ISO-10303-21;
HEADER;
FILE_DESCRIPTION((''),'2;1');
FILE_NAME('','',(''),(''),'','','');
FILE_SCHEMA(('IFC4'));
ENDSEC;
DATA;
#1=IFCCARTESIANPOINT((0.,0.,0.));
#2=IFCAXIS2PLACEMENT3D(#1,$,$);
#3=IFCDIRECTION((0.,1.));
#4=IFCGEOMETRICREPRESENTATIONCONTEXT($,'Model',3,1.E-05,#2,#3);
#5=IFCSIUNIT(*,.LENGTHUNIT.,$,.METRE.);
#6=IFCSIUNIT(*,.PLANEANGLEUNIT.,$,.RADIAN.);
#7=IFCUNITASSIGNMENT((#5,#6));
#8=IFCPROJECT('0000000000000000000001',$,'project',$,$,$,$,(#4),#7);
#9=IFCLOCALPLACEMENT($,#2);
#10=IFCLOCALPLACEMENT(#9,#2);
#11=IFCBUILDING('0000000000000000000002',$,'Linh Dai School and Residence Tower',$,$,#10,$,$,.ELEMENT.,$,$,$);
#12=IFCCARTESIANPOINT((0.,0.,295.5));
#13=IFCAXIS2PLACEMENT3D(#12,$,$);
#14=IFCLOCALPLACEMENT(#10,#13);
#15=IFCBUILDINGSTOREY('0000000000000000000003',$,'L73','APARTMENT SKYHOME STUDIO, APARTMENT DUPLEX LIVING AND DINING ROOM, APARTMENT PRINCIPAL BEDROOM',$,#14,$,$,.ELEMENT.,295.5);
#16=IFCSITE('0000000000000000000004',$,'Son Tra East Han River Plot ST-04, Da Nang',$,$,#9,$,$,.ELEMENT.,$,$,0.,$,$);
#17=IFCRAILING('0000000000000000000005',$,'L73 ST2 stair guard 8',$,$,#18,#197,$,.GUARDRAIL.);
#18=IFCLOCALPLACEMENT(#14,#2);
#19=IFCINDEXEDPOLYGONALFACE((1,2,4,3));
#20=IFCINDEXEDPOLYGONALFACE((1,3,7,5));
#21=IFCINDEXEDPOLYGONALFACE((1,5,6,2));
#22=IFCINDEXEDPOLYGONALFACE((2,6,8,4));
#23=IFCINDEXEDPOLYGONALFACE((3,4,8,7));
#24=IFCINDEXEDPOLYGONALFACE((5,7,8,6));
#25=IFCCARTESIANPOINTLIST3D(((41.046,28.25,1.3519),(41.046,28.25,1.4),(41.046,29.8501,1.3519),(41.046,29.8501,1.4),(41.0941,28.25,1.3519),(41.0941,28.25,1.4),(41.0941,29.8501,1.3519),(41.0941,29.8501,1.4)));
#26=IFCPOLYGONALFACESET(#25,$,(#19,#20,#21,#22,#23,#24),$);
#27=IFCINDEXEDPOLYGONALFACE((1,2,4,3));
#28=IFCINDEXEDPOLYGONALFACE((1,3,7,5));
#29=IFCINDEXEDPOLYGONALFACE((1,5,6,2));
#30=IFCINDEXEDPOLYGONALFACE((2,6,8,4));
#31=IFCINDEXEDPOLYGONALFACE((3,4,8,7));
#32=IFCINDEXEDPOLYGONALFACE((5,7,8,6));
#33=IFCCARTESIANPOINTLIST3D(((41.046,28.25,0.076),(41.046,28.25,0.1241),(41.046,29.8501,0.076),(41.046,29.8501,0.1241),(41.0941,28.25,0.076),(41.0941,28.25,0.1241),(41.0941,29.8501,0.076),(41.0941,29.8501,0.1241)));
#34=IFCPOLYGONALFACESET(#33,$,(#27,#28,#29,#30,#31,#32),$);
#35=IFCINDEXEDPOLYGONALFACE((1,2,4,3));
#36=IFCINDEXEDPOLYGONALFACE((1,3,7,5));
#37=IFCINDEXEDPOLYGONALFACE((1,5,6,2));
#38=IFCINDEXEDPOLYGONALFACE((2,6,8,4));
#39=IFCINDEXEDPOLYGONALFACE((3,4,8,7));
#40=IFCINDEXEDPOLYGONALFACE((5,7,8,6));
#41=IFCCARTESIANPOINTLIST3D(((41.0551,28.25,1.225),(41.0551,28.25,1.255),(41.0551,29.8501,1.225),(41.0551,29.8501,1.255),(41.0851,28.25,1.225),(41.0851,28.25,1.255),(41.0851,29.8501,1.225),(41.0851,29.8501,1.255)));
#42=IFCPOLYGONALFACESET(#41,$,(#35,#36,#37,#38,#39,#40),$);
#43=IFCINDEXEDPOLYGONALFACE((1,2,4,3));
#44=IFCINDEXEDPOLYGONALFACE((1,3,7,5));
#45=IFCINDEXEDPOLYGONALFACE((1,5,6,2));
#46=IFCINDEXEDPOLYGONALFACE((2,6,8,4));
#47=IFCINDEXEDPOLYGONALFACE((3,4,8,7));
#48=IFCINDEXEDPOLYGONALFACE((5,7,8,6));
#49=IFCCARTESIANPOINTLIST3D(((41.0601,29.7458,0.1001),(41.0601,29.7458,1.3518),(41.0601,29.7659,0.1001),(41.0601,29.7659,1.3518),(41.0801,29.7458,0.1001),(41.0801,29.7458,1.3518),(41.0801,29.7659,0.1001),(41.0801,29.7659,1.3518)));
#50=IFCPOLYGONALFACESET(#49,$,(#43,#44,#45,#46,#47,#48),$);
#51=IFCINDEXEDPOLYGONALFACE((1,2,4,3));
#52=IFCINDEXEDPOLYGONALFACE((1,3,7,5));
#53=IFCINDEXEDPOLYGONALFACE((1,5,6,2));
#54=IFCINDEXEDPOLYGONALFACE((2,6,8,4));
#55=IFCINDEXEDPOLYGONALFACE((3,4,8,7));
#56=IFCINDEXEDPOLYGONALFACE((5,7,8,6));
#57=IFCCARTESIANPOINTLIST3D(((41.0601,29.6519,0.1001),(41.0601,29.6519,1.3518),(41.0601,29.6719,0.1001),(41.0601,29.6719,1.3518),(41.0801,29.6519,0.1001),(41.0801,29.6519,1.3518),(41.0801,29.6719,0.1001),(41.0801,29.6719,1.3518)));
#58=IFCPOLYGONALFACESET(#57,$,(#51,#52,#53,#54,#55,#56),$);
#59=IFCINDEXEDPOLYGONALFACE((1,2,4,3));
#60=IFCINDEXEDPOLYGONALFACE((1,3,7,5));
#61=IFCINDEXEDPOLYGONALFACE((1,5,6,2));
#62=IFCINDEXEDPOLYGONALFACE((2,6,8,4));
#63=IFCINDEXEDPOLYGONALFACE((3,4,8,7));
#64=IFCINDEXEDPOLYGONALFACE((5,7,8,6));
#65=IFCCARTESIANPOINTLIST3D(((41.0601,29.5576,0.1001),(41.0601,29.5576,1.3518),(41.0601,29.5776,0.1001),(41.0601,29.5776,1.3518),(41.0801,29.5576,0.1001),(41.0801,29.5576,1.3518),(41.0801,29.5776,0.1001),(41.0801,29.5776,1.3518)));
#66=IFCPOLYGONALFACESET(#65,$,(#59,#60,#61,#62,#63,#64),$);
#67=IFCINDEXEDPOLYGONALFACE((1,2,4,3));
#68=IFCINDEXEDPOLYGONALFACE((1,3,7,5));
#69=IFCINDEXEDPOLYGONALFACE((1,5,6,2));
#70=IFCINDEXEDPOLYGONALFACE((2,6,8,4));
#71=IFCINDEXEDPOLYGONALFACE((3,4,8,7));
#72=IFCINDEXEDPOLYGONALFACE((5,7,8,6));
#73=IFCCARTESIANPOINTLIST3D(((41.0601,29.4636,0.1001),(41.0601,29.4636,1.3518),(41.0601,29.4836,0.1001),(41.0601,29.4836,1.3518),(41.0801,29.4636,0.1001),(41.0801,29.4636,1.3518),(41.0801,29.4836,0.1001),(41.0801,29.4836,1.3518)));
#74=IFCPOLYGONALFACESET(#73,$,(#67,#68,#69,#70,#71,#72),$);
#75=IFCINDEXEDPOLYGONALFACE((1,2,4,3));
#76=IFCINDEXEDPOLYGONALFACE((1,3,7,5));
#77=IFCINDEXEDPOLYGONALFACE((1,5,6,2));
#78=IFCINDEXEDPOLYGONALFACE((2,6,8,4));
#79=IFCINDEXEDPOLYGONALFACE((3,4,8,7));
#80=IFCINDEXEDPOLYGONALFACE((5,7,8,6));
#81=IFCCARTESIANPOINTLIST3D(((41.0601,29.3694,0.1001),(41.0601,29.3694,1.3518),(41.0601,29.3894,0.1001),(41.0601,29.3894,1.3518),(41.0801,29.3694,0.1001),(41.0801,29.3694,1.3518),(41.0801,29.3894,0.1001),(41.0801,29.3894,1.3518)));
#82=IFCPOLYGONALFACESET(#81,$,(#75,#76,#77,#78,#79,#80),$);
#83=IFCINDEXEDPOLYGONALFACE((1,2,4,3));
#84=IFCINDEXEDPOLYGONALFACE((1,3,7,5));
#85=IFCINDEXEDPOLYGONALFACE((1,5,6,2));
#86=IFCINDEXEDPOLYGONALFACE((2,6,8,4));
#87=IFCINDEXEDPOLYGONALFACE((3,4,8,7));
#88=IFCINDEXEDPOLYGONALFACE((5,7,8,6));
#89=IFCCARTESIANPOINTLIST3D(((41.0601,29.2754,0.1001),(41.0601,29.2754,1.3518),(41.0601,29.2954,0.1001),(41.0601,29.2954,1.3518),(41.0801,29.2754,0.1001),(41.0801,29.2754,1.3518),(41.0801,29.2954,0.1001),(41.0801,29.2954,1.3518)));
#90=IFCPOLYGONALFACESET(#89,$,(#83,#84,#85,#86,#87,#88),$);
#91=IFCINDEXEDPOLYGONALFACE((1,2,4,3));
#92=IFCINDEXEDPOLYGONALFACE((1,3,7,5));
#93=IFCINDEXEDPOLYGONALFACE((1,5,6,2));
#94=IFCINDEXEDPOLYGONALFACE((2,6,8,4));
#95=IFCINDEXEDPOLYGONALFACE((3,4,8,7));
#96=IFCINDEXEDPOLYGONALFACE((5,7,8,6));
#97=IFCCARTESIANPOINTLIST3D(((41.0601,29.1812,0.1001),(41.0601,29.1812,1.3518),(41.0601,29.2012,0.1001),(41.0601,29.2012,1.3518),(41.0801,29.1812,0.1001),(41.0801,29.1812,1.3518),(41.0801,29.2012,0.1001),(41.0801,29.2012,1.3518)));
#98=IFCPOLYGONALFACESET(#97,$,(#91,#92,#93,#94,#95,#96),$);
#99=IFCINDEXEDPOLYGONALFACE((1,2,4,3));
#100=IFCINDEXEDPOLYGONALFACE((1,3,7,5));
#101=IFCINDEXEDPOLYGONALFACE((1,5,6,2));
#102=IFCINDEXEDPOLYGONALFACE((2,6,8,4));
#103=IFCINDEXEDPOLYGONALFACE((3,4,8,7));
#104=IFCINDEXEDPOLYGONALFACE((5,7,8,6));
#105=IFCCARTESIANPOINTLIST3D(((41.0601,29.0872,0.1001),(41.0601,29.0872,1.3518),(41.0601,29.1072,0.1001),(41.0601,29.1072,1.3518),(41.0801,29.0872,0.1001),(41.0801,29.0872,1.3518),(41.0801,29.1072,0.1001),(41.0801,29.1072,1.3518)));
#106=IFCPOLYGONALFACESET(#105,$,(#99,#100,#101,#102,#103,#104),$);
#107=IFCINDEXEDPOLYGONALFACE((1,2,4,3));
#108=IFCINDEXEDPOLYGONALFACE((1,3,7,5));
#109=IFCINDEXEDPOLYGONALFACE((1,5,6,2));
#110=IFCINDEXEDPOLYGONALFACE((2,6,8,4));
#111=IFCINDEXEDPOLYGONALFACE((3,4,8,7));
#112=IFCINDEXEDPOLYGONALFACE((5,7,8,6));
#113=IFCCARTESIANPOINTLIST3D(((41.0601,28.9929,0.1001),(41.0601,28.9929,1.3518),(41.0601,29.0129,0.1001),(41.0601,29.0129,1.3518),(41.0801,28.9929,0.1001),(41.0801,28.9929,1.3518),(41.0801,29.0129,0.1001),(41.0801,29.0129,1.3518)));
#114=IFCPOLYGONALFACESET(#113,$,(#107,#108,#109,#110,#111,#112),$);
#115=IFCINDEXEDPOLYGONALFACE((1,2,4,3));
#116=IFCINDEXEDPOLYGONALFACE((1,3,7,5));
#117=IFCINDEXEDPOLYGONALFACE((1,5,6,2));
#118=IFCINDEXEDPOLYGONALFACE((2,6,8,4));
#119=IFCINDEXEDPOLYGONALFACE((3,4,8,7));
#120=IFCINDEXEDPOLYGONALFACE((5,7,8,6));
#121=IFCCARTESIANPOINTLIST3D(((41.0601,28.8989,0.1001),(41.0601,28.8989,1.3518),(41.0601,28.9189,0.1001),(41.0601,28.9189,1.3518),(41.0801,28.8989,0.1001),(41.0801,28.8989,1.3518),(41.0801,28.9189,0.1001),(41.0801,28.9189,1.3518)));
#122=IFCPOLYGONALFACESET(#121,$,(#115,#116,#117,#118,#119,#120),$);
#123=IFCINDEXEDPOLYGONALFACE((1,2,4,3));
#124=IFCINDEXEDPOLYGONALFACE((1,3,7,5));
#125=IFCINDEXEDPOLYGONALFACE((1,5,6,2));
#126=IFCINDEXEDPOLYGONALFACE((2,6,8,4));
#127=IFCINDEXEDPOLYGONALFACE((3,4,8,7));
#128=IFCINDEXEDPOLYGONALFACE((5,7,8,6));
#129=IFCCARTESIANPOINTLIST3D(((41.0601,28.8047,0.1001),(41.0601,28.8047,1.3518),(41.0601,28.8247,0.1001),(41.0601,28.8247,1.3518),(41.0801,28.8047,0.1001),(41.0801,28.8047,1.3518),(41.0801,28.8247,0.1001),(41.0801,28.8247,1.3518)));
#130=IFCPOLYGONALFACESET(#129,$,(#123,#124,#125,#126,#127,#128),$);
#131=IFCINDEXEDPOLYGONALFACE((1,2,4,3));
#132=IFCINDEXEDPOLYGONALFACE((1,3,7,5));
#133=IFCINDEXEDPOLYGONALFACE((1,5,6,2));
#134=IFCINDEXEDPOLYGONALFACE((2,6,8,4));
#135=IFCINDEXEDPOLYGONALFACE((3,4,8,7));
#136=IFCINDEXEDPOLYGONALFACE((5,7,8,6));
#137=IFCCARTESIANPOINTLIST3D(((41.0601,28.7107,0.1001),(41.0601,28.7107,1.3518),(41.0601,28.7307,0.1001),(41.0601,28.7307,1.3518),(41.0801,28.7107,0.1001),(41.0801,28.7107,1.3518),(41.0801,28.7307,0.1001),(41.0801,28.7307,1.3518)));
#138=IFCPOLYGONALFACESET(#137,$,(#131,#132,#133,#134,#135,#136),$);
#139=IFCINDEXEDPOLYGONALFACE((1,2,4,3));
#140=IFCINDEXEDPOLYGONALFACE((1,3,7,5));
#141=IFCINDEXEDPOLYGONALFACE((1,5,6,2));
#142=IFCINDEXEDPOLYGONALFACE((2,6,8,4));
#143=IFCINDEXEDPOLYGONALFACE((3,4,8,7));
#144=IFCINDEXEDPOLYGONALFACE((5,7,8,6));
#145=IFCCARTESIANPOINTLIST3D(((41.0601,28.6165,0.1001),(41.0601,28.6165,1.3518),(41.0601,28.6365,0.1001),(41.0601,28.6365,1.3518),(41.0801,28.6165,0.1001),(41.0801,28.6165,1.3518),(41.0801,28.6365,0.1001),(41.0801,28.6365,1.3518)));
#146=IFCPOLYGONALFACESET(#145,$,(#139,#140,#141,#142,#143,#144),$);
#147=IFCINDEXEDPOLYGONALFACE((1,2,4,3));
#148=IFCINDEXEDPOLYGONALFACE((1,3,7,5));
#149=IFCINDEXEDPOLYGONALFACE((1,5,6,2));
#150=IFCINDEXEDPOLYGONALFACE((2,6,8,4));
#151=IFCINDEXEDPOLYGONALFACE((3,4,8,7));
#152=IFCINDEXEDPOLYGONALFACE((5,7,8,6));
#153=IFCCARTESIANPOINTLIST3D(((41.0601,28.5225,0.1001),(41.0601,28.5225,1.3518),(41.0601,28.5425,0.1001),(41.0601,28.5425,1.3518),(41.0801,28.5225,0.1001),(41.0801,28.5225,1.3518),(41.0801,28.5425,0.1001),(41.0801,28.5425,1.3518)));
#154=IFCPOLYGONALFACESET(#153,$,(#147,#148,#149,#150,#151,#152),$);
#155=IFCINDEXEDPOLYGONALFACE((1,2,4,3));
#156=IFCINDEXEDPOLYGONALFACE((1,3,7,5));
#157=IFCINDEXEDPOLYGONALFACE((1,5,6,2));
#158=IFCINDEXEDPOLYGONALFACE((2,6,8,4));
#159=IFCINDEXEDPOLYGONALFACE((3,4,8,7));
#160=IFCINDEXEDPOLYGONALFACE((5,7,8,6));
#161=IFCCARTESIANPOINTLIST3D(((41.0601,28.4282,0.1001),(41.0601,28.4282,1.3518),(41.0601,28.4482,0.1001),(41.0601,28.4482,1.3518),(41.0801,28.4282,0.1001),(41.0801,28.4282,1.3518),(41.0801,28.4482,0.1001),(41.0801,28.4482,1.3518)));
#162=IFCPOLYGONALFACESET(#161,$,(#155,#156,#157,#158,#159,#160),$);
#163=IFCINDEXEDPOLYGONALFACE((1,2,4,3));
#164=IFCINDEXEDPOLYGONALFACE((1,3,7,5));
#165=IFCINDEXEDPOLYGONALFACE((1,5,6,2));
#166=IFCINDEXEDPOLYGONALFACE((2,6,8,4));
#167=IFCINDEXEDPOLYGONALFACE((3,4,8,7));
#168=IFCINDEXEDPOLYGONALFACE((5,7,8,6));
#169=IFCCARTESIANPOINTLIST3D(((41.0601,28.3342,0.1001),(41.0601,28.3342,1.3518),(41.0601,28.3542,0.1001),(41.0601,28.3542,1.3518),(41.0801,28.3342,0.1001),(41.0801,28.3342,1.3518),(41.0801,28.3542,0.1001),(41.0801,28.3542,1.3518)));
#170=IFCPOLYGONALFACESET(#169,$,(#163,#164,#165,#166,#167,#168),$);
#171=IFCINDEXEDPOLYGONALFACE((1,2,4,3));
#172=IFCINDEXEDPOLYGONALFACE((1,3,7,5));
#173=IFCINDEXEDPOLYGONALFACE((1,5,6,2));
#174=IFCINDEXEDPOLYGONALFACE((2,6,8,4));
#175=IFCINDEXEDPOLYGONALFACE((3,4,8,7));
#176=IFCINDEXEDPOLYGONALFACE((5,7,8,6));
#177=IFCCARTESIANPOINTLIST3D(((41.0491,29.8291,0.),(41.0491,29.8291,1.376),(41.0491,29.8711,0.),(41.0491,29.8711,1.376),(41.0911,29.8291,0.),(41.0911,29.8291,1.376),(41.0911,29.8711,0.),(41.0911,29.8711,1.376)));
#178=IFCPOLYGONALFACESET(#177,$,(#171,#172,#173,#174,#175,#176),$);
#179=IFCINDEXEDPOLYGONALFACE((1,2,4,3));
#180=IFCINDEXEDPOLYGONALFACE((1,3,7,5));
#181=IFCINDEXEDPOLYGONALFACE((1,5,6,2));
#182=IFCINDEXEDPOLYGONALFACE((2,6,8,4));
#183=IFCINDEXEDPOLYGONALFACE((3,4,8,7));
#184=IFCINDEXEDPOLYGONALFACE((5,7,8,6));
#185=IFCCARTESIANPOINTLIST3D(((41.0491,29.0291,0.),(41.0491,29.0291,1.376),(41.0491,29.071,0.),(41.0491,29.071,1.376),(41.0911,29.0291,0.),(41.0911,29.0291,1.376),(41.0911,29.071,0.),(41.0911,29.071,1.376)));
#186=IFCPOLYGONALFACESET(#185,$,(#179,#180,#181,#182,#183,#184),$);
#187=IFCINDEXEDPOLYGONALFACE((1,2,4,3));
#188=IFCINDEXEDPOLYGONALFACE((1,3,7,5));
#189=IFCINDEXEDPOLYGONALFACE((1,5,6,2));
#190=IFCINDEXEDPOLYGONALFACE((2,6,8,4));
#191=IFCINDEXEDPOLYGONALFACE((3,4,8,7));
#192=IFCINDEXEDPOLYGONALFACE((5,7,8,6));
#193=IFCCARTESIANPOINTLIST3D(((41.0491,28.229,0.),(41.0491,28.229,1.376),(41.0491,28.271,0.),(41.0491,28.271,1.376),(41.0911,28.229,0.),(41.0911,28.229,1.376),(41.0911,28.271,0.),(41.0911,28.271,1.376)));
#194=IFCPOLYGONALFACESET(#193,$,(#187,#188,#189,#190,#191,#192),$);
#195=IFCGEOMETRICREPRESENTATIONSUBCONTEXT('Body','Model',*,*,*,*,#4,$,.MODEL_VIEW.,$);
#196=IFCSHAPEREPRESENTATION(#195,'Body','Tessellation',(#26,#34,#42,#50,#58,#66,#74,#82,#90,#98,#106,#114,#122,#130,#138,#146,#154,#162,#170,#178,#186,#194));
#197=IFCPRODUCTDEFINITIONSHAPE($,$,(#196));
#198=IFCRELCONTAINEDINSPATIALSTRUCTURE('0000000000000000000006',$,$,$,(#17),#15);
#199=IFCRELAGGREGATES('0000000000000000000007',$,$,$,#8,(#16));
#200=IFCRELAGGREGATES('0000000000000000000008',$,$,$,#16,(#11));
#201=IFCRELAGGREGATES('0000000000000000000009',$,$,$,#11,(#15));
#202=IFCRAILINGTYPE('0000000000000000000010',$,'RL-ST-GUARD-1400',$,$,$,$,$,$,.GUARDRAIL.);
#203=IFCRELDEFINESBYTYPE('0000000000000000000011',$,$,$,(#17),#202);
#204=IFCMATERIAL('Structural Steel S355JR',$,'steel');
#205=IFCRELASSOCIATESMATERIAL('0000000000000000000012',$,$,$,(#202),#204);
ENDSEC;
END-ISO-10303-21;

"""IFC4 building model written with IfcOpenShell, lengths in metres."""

from ifc_helpers import new_model, si_unit, direction, frame, origin, origin_2d, place, context, subcontext, project, spatial, rectangle, extrude, source, transform, mapped, material, type_object, element, save


model = new_model("IFC4")

# Units and contexts
model_context = context("Model", 3, precision=1e-05, world=origin(), true_north=direction((0.0, 1.0)))
body_context = subcontext(model_context, "Body", "Model", "MODEL_VIEW")
ifc_project = project(units=[si_unit("LENGTHUNIT", "METRE"), si_unit("PLANEANGLEUNIT", "RADIAN")], contexts=[model_context])

# Site, building, storey
site_placement = place(None, origin())
site = spatial("IfcSite", under=ifc_project, at=site_placement, Name="Son Tra East Han River Plot ST-04, Da Nang", CompositionType="ELEMENT", RefElevation=0.0)
building_placement = place(site_placement, origin())
building = spatial("IfcBuilding", under=site, at=building_placement, Name="Linh Dai School and Residence Tower", CompositionType="ELEMENT")
storey_placement = place(building_placement, frame((0.0, 0.0, 295.5)))
storey = spatial("IfcBuildingStorey", under=building, at=storey_placement, Name="L73", Description="APARTMENT SKYHOME STUDIO, APARTMENT DUPLEX LIVING AND DINING ROOM, APARTMENT PRINCIPAL BEDROOM", CompositionType="ELEMENT", Elevation=295.5)

# Shared definitions
ifc_material_1 = material(Name="Structural Steel S355JR", Category="steel")

# Railing
railing_type_1 = type_object("IfcRailingType", Name="RL-ST-GUARD-1400", PredefinedType="GUARDRAIL", material=ifc_material_1)
shared_shape_1 = source(origin(), body_context, "Body", "SweptSolid", [
    extrude(rectangle(XDim=0.0481, YDim=0.0481, at=origin_2d()), frame((0.0, 0.0, 1.376), z_axis=(0.0, -1.0, 0.0), x_axis=(1.0, 0.0, 0.0)), (0.0, 0.0, 1.0), 1.6001),
    extrude(rectangle(XDim=0.0481, YDim=0.0481, at=origin_2d()), frame((0.0, 0.0, 0.1001), z_axis=(0.0, -1.0, 0.0), x_axis=(1.0, 0.0, 0.0)), (0.0, 0.0, 1.0), 1.6001),
    extrude(rectangle(XDim=0.03, YDim=0.03, at=origin_2d()), frame((0.0, 0.0, 1.24), z_axis=(0.0, -1.0, 0.0), x_axis=(1.0, 0.0, 0.0)), (0.0, 0.0, 1.0), 1.6001),
    extrude(rectangle(XDim=0.02, YDim=0.02, at=origin_2d()), frame((0.0, -0.0942, 0.1001)), (0.0, 0.0, 1.0), 1.2517),
    extrude(rectangle(XDim=0.02, YDim=0.02, at=origin_2d()), frame((0.0, -0.1882, 0.1001)), (0.0, 0.0, 1.0), 1.2517),
    extrude(rectangle(XDim=0.02, YDim=0.02, at=origin_2d()), frame((0.0, -0.2825, 0.1001)), (0.0, 0.0, 1.0), 1.2517),
    extrude(rectangle(XDim=0.02, YDim=0.02, at=origin_2d()), frame((0.0, -0.3765, 0.1001)), (0.0, 0.0, 1.0), 1.2517),
    extrude(rectangle(XDim=0.02, YDim=0.02, at=origin_2d()), frame((0.0, -0.4707, 0.1001)), (0.0, 0.0, 1.0), 1.2517),
    extrude(rectangle(XDim=0.02, YDim=0.02, at=origin_2d()), frame((0.0, -0.5647, 0.1001)), (0.0, 0.0, 1.0), 1.2517),
    extrude(rectangle(XDim=0.02, YDim=0.02, at=origin_2d()), frame((0.0, -0.6589, 0.1001)), (0.0, 0.0, 1.0), 1.2517),
    extrude(rectangle(XDim=0.02, YDim=0.02, at=origin_2d()), frame((0.0, -0.7529, 0.1001)), (0.0, 0.0, 1.0), 1.2517),
    extrude(rectangle(XDim=0.02, YDim=0.02, at=origin_2d()), frame((0.0, -0.8472, 0.1001)), (0.0, 0.0, 1.0), 1.2517),
    extrude(rectangle(XDim=0.02, YDim=0.02, at=origin_2d()), frame((0.0, -0.9412, 0.1001)), (0.0, 0.0, 1.0), 1.2517),
    extrude(rectangle(XDim=0.02, YDim=0.02, at=origin_2d()), frame((0.0, -1.0354, 0.1001)), (0.0, 0.0, 1.0), 1.2517),
    extrude(rectangle(XDim=0.02, YDim=0.02, at=origin_2d()), frame((0.0, -1.1294, 0.1001)), (0.0, 0.0, 1.0), 1.2517),
    extrude(rectangle(XDim=0.02, YDim=0.02, at=origin_2d()), frame((0.0, -1.2236, 0.1001)), (0.0, 0.0, 1.0), 1.2517),
    extrude(rectangle(XDim=0.02, YDim=0.02, at=origin_2d()), frame((0.0, -1.3176, 0.1001)), (0.0, 0.0, 1.0), 1.2517),
    extrude(rectangle(XDim=0.02, YDim=0.02, at=origin_2d()), frame((0.0, -1.4119, 0.1001)), (0.0, 0.0, 1.0), 1.2517),
    extrude(rectangle(XDim=0.02, YDim=0.02, at=origin_2d()), frame((0.0, -1.5059, 0.1001)), (0.0, 0.0, 1.0), 1.2517),
    extrude(rectangle(XDim=0.042, YDim=0.042, at=origin_2d()), origin(), (0.0, 0.0, 1.0), 1.376),
    extrude(rectangle(XDim=0.042, YDim=0.042, at=origin_2d()), frame((0.0, -0.8, 0.0)), (0.0, 0.0, 1.0), 1.376),
    extrude(rectangle(XDim=0.042, YDim=0.042, at=origin_2d()), frame((0.0, -1.6001, 0.0)), (0.0, 0.0, 1.0), 1.376),
])
for number, where, name in (
    (1, (41.0701, 29.8501, 0.0), "L73 ST2 stair guard 8"),
):
    element("IfcRailing", number, at=place(storey_placement, frame(where)), inside=storey, type_object=railing_type_1, Name=name, PredefinedType="GUARDRAIL", context=body_context, shape_type="MappedRepresentation", body=[
        mapped(shared_shape_1, transform((0.0, 0.0, 0.0), x_axis=(1.0, 0.0, 0.0), y_axis=(0.0, 1.0, 0.0), z_axis=(0.0, 0.0, 1.0), scale=1.0)),
    ])

save(model, "model.ifc")
